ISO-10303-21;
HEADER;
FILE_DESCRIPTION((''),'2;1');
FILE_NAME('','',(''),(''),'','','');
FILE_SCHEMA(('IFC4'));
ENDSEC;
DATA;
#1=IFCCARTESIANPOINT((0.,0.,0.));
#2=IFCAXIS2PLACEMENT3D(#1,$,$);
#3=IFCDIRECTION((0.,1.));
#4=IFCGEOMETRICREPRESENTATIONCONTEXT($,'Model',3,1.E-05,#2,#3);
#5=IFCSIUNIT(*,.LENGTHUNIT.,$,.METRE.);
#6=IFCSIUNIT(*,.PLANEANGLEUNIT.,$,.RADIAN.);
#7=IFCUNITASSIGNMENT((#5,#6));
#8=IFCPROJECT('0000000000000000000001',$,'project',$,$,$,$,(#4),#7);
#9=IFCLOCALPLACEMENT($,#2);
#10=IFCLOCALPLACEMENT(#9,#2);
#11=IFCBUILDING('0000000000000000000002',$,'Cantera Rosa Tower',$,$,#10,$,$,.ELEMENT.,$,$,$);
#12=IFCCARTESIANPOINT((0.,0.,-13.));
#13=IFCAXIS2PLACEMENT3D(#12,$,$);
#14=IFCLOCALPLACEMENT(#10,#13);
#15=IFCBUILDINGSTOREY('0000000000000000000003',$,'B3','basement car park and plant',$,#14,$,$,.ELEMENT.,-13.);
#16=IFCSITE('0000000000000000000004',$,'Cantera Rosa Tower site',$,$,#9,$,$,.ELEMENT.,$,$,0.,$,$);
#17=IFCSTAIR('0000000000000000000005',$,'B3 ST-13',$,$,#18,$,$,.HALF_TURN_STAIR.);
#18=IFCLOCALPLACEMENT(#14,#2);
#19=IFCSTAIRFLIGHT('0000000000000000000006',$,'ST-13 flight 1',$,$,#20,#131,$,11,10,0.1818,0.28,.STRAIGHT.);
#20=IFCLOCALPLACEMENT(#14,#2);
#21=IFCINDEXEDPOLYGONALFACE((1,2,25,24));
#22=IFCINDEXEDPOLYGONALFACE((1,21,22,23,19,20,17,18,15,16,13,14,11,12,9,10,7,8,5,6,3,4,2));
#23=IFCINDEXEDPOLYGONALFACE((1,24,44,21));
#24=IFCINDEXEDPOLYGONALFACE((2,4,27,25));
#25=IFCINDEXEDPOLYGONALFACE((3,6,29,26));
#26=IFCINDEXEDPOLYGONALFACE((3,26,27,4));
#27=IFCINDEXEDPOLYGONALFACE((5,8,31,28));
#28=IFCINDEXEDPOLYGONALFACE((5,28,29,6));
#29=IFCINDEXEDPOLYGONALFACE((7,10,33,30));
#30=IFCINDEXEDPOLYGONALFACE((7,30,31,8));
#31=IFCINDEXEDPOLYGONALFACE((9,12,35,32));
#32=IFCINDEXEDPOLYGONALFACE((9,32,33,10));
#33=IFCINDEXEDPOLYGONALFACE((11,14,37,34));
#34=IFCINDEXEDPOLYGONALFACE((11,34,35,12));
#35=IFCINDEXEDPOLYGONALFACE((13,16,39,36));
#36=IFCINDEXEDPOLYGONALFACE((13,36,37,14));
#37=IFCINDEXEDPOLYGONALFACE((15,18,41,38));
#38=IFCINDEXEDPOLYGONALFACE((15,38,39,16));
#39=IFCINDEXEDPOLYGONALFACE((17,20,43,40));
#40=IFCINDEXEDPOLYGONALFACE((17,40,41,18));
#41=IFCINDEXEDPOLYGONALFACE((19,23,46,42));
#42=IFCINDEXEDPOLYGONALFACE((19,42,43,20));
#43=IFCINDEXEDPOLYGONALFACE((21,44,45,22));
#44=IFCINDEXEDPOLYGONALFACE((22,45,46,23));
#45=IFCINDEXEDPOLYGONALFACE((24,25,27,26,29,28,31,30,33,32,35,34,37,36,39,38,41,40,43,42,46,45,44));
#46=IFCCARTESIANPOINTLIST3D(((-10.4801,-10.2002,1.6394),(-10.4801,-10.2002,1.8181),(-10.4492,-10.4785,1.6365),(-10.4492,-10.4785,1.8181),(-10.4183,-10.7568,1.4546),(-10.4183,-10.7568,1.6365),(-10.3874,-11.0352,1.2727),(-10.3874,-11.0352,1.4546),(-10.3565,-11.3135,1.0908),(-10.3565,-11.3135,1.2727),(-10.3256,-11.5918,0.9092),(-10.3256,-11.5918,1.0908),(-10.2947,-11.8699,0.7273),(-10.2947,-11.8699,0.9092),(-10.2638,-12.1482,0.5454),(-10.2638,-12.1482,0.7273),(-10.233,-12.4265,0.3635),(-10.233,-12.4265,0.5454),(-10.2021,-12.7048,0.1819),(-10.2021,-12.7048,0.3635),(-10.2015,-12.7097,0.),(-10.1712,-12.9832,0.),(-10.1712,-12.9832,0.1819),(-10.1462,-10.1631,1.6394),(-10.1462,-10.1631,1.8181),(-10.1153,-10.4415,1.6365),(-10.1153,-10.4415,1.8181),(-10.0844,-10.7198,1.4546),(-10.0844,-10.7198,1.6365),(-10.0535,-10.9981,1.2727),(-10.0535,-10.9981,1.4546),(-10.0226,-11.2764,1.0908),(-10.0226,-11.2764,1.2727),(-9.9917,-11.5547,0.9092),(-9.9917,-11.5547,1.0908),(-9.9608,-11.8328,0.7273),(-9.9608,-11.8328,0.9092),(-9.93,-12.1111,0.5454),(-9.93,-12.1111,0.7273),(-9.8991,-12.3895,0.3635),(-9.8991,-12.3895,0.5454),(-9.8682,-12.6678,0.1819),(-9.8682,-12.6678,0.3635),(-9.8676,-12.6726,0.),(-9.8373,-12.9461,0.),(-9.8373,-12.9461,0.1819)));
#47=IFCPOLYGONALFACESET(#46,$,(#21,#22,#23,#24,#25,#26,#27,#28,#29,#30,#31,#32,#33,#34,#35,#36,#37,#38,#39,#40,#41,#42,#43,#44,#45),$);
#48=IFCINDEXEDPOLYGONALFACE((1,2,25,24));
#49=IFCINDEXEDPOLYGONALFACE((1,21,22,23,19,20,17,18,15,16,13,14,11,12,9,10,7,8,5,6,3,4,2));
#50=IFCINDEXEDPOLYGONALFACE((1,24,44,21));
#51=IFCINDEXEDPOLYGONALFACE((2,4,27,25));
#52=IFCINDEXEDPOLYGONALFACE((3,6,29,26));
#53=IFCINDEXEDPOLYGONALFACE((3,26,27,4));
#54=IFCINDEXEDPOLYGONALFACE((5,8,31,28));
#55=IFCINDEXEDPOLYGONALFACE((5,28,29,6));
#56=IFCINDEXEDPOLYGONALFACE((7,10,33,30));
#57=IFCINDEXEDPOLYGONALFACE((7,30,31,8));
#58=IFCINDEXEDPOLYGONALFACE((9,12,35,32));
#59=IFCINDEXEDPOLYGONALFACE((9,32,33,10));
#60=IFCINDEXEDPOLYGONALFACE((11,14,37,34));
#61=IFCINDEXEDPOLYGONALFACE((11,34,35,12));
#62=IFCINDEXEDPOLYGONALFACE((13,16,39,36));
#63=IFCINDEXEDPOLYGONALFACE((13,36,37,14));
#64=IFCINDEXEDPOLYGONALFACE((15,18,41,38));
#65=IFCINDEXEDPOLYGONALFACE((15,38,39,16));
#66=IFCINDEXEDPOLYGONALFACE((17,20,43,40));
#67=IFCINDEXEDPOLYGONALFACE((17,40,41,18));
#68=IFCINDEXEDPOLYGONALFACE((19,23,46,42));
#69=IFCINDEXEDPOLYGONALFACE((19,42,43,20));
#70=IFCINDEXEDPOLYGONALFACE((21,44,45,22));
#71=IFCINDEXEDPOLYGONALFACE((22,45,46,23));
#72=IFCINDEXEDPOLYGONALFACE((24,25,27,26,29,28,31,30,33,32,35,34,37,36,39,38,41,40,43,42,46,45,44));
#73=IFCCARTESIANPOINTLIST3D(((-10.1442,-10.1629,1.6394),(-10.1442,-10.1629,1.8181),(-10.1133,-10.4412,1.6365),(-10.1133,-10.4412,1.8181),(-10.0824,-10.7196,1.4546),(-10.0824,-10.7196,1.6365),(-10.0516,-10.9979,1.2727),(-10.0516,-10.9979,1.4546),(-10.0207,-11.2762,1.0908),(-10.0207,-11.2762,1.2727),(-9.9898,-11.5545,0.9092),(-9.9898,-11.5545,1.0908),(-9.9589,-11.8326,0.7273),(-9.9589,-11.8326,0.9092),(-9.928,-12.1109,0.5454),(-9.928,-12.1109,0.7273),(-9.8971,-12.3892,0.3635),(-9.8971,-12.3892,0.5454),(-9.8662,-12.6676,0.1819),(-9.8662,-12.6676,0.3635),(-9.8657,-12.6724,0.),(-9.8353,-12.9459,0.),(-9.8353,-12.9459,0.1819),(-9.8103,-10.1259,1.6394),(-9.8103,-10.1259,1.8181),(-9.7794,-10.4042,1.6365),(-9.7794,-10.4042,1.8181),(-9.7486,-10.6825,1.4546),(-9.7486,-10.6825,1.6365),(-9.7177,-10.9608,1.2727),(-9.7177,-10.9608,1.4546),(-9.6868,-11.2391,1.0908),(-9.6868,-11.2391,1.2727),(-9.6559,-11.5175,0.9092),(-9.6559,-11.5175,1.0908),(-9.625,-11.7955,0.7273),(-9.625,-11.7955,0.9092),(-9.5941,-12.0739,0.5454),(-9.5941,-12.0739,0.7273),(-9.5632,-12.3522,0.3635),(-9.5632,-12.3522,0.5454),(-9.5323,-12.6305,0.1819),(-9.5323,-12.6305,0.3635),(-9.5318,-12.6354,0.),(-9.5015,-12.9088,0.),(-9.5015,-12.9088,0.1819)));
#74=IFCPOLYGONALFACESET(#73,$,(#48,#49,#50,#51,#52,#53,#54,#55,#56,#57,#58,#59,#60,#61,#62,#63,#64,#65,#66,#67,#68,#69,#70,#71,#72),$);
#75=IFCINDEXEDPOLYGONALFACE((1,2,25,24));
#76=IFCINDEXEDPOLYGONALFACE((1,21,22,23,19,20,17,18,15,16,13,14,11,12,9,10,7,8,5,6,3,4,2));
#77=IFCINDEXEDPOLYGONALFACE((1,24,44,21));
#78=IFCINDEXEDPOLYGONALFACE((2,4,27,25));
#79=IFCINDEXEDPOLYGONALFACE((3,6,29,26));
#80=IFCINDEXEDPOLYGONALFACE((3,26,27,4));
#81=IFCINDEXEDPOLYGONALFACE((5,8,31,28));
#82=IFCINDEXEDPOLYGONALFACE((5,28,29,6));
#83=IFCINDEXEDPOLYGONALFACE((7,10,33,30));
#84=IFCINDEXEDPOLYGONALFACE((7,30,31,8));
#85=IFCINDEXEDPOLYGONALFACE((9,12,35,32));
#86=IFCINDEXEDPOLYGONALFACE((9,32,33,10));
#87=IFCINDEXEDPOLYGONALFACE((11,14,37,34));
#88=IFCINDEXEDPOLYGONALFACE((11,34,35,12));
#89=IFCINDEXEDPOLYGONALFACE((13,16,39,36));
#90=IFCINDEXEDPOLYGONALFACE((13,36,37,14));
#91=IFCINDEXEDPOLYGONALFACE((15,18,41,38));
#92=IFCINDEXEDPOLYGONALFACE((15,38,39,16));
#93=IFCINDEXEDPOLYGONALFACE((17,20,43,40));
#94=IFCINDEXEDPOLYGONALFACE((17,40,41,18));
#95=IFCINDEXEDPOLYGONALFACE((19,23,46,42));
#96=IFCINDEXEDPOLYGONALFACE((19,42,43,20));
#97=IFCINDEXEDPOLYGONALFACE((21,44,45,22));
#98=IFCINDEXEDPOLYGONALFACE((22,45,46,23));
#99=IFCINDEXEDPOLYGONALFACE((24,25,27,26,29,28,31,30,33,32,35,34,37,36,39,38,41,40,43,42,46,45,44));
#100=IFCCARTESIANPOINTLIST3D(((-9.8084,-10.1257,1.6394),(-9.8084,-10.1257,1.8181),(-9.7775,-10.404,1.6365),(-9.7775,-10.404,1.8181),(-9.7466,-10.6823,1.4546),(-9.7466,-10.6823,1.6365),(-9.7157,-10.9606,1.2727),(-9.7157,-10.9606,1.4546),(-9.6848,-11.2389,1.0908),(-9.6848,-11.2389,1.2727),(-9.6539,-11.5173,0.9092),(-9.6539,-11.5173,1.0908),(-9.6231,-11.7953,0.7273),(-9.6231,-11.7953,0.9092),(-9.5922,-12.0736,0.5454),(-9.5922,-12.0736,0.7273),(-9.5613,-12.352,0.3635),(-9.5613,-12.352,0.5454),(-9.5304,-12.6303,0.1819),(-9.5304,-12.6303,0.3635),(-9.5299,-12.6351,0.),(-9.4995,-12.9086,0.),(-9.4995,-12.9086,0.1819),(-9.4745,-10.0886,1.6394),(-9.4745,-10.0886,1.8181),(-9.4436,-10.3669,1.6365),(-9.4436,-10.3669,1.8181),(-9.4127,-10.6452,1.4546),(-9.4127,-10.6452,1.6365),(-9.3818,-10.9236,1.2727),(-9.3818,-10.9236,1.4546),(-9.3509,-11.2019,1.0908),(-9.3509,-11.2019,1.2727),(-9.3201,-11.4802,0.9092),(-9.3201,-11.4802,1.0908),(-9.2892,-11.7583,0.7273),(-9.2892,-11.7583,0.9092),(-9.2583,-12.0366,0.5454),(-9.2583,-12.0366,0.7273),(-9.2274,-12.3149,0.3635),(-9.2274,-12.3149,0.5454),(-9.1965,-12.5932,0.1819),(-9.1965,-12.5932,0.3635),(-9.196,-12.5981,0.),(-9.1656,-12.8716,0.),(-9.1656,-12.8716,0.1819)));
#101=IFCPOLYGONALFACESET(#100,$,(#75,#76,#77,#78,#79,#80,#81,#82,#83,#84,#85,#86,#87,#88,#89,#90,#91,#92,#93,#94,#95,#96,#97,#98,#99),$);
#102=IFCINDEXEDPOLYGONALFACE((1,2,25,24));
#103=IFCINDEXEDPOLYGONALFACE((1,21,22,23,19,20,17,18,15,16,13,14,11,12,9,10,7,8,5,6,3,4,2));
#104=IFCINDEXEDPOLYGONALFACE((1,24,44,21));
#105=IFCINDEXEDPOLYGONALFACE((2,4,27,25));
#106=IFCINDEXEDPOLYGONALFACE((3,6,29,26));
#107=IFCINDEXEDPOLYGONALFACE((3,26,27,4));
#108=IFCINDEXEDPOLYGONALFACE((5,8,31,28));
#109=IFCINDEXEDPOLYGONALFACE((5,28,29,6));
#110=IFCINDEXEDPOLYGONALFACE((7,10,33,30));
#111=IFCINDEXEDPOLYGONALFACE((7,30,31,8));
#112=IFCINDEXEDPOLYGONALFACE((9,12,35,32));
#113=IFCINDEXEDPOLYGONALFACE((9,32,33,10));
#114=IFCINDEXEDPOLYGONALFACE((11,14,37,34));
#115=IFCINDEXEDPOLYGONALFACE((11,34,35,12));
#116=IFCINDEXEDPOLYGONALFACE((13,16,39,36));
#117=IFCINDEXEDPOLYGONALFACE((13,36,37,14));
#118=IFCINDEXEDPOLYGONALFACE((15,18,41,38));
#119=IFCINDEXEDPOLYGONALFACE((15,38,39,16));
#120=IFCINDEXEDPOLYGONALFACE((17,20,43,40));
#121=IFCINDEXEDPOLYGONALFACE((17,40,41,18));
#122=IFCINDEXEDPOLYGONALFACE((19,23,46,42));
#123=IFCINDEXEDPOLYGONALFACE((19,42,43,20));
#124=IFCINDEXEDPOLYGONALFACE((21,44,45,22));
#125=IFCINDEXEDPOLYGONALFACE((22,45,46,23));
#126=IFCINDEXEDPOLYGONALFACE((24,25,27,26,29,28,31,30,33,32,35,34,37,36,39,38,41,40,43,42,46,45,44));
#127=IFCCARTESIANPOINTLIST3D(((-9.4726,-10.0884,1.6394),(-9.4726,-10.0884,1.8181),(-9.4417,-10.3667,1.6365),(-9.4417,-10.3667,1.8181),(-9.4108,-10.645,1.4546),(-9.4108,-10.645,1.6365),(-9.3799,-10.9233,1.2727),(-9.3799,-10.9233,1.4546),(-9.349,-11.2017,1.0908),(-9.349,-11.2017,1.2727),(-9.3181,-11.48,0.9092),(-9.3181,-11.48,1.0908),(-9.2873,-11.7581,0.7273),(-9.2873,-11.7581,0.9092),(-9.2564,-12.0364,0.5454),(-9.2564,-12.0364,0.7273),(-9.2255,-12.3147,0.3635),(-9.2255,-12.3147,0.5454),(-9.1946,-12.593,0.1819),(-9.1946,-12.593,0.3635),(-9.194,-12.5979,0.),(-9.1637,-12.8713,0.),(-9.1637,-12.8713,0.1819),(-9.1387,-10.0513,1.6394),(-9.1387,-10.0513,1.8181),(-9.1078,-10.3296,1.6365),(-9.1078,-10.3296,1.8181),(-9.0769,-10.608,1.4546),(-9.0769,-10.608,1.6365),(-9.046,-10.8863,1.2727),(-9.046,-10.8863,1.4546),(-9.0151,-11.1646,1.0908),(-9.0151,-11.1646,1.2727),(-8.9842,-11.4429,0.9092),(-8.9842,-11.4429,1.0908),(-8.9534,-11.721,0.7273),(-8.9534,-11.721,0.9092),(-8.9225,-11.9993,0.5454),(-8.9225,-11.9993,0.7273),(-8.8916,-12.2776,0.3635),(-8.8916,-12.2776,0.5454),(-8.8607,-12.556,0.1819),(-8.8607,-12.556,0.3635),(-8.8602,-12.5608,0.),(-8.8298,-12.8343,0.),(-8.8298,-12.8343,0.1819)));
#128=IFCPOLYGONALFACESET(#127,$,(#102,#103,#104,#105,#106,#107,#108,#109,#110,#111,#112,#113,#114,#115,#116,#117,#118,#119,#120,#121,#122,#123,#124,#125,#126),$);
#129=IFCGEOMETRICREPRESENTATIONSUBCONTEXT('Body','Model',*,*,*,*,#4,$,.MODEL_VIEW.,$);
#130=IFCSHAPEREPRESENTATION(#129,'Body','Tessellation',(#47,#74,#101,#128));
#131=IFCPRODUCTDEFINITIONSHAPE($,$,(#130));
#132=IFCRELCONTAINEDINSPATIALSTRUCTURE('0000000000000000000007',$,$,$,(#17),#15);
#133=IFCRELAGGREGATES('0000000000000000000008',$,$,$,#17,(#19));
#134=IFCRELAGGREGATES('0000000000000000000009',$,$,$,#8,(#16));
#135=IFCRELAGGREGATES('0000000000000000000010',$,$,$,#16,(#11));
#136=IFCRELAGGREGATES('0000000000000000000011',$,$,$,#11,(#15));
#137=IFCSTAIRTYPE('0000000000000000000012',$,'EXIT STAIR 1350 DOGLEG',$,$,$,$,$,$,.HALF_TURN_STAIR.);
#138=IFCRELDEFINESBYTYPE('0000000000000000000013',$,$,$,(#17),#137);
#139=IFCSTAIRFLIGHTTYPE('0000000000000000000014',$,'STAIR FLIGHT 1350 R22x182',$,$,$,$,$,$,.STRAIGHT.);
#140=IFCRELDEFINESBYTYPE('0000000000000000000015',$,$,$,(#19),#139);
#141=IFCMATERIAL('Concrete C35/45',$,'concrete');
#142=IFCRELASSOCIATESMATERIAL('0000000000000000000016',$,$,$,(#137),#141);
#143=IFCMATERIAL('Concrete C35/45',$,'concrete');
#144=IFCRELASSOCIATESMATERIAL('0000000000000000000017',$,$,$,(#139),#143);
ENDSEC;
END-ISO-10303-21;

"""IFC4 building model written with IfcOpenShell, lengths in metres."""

from ifc_helpers import new_model, si_unit, direction, frame, origin, place, context, subcontext, project, spatial, polyline, outline, extrude, material, type_object, element, aggregate, save


model = new_model("IFC4")

# Units and contexts
model_context = context("Model", 3, precision=1e-05, world=origin(), true_north=direction((0.0, 1.0)))
body_context = subcontext(model_context, "Body", "Model", "MODEL_VIEW")
ifc_project = project(units=[si_unit("LENGTHUNIT", "METRE"), si_unit("PLANEANGLEUNIT", "RADIAN")], contexts=[model_context])

# Site, building, storey
site_placement = place(None, origin())
site = spatial("IfcSite", under=ifc_project, at=site_placement, Name="Cantera Rosa Tower site", CompositionType="ELEMENT", RefElevation=0.0)
building_placement = place(site_placement, origin())
building = spatial("IfcBuilding", under=site, at=building_placement, Name="Cantera Rosa Tower", CompositionType="ELEMENT")
storey_placement = place(building_placement, frame((0.0, 0.0, -13.0)))
storey = spatial("IfcBuildingStorey", under=building, at=storey_placement, Name="B3", Description="basement car park and plant", CompositionType="ELEMENT", Elevation=-13.0)

# Stair, stair flight
ifc_material_1 = material(Name="Concrete C35/45", Category="concrete")
stair_type = type_object("IfcStairType", Name="EXIT STAIR 1350 DOGLEG", PredefinedType="HALF_TURN_STAIR", material=ifc_material_1)
stair_placement = place(storey_placement, origin())
stair = element("IfcStair", 1, at=stair_placement, inside=storey, type_object=stair_type, Name="B3 ST-13", PredefinedType="HALF_TURN_STAIR")
ifc_material_2 = material(Name="Concrete C35/45", Category="concrete")
stair_flight_type = type_object("IfcStairFlightType", Name="STAIR FLIGHT 1350 R22x182", PredefinedType="STRAIGHT", material=ifc_material_2)
stair_flight_1_placement = place(storey_placement, frame((-9.5002, -12.9087, 0.0), z_axis=(0.0, 0.0, 1.0), x_axis=(-0.110313, 0.993897, 0.0)))
stair_flight_1 = element("IfcStairFlight", 2, at=stair_flight_1_placement, type_object=stair_flight_type, Name="ST-13 flight 1", NumberOfRisers=11, NumberOfTreads=10, PredefinedType="STRAIGHT", RiserHeight=0.1818, TreadLength=0.28, context=body_context, shape_type="SweptSolid", body=[
    extrude(outline(polyline([(0.0, 0.0), (0.0, 0.1819), (0.28, 0.1819), (0.28, 0.3635), (0.5601, 0.3635), (0.5601, 0.5454), (0.8401, 0.5454), (0.8401, 0.7273), (1.1201, 0.7273), (1.1201, 0.9092), (1.3999, 0.9092), (1.3999, 1.0908), (1.6799, 1.0908), (1.6799, 1.2727), (1.96, 1.2727), (1.96, 1.4546), (2.24, 1.4546), (2.24, 1.6365), (2.52, 1.6365), (2.52, 1.8181), (2.8, 1.8181), (2.8, 2.0), (2.8, 1.6394), (0.2751, 0.0), (0.0, 0.0)])), frame((0.0, 0.675, 0.0), z_axis=(0.0, -1.0, 0.0), x_axis=(1.0, 0.0, 0.0)), (0.0, 0.0, 1.0), 0.3359),
    extrude(outline(polyline([(0.0, 0.0), (0.0, 0.1819), (0.28, 0.1819), (0.28, 0.3635), (0.5601, 0.3635), (0.5601, 0.5454), (0.8401, 0.5454), (0.8401, 0.7273), (1.1201, 0.7273), (1.1201, 0.9092), (1.3999, 0.9092), (1.3999, 1.0908), (1.6799, 1.0908), (1.6799, 1.2727), (1.96, 1.2727), (1.96, 1.4546), (2.24, 1.4546), (2.24, 1.6365), (2.52, 1.6365), (2.52, 1.8181), (2.8, 1.8181), (2.8, 2.0), (2.8, 1.6394), (0.2751, 0.0), (0.0, 0.0)])), frame((0.0, 0.3372, 0.0), z_axis=(0.0, -1.0, 0.0), x_axis=(1.0, 0.0, 0.0)), (0.0, 0.0, 1.0), 0.3359),
    extrude(outline(polyline([(0.0, 0.0), (0.0, 0.1819), (0.28, 0.1819), (0.28, 0.3635), (0.5601, 0.3635), (0.5601, 0.5454), (0.8401, 0.5454), (0.8401, 0.7273), (1.1201, 0.7273), (1.1201, 0.9092), (1.3999, 0.9092), (1.3999, 1.0908), (1.6799, 1.0908), (1.6799, 1.2727), (1.96, 1.2727), (1.96, 1.4546), (2.24, 1.4546), (2.24, 1.6365), (2.52, 1.6365), (2.52, 1.8181), (2.8, 1.8181), (2.8, 2.0), (2.8, 1.6394), (0.2751, 0.0), (0.0, 0.0)])), frame((0.0, -0.0007, 0.0), z_axis=(0.0, -1.0, 0.0), x_axis=(1.0, 0.0, 0.0)), (0.0, 0.0, 1.0), 0.3359),
    extrude(outline(polyline([(0.0, 0.0), (0.0, 0.1819), (0.28, 0.1819), (0.28, 0.3635), (0.5601, 0.3635), (0.5601, 0.5454), (0.8401, 0.5454), (0.8401, 0.7273), (1.1201, 0.7273), (1.1201, 0.9092), (1.3999, 0.9092), (1.3999, 1.0908), (1.6799, 1.0908), (1.6799, 1.2727), (1.96, 1.2727), (1.96, 1.4546), (2.24, 1.4546), (2.24, 1.6365), (2.52, 1.6365), (2.52, 1.8181), (2.8, 1.8181), (2.8, 2.0), (2.8, 1.6394), (0.2751, 0.0), (0.0, 0.0)])), frame((0.0, -0.3386, 0.0), z_axis=(0.0, -1.0, 0.0), x_axis=(1.0, 0.0, 0.0)), (0.0, 0.0, 1.0), 0.3359),
])
aggregate(stair, [stair_flight_1])

save(model, "model.ifc")
